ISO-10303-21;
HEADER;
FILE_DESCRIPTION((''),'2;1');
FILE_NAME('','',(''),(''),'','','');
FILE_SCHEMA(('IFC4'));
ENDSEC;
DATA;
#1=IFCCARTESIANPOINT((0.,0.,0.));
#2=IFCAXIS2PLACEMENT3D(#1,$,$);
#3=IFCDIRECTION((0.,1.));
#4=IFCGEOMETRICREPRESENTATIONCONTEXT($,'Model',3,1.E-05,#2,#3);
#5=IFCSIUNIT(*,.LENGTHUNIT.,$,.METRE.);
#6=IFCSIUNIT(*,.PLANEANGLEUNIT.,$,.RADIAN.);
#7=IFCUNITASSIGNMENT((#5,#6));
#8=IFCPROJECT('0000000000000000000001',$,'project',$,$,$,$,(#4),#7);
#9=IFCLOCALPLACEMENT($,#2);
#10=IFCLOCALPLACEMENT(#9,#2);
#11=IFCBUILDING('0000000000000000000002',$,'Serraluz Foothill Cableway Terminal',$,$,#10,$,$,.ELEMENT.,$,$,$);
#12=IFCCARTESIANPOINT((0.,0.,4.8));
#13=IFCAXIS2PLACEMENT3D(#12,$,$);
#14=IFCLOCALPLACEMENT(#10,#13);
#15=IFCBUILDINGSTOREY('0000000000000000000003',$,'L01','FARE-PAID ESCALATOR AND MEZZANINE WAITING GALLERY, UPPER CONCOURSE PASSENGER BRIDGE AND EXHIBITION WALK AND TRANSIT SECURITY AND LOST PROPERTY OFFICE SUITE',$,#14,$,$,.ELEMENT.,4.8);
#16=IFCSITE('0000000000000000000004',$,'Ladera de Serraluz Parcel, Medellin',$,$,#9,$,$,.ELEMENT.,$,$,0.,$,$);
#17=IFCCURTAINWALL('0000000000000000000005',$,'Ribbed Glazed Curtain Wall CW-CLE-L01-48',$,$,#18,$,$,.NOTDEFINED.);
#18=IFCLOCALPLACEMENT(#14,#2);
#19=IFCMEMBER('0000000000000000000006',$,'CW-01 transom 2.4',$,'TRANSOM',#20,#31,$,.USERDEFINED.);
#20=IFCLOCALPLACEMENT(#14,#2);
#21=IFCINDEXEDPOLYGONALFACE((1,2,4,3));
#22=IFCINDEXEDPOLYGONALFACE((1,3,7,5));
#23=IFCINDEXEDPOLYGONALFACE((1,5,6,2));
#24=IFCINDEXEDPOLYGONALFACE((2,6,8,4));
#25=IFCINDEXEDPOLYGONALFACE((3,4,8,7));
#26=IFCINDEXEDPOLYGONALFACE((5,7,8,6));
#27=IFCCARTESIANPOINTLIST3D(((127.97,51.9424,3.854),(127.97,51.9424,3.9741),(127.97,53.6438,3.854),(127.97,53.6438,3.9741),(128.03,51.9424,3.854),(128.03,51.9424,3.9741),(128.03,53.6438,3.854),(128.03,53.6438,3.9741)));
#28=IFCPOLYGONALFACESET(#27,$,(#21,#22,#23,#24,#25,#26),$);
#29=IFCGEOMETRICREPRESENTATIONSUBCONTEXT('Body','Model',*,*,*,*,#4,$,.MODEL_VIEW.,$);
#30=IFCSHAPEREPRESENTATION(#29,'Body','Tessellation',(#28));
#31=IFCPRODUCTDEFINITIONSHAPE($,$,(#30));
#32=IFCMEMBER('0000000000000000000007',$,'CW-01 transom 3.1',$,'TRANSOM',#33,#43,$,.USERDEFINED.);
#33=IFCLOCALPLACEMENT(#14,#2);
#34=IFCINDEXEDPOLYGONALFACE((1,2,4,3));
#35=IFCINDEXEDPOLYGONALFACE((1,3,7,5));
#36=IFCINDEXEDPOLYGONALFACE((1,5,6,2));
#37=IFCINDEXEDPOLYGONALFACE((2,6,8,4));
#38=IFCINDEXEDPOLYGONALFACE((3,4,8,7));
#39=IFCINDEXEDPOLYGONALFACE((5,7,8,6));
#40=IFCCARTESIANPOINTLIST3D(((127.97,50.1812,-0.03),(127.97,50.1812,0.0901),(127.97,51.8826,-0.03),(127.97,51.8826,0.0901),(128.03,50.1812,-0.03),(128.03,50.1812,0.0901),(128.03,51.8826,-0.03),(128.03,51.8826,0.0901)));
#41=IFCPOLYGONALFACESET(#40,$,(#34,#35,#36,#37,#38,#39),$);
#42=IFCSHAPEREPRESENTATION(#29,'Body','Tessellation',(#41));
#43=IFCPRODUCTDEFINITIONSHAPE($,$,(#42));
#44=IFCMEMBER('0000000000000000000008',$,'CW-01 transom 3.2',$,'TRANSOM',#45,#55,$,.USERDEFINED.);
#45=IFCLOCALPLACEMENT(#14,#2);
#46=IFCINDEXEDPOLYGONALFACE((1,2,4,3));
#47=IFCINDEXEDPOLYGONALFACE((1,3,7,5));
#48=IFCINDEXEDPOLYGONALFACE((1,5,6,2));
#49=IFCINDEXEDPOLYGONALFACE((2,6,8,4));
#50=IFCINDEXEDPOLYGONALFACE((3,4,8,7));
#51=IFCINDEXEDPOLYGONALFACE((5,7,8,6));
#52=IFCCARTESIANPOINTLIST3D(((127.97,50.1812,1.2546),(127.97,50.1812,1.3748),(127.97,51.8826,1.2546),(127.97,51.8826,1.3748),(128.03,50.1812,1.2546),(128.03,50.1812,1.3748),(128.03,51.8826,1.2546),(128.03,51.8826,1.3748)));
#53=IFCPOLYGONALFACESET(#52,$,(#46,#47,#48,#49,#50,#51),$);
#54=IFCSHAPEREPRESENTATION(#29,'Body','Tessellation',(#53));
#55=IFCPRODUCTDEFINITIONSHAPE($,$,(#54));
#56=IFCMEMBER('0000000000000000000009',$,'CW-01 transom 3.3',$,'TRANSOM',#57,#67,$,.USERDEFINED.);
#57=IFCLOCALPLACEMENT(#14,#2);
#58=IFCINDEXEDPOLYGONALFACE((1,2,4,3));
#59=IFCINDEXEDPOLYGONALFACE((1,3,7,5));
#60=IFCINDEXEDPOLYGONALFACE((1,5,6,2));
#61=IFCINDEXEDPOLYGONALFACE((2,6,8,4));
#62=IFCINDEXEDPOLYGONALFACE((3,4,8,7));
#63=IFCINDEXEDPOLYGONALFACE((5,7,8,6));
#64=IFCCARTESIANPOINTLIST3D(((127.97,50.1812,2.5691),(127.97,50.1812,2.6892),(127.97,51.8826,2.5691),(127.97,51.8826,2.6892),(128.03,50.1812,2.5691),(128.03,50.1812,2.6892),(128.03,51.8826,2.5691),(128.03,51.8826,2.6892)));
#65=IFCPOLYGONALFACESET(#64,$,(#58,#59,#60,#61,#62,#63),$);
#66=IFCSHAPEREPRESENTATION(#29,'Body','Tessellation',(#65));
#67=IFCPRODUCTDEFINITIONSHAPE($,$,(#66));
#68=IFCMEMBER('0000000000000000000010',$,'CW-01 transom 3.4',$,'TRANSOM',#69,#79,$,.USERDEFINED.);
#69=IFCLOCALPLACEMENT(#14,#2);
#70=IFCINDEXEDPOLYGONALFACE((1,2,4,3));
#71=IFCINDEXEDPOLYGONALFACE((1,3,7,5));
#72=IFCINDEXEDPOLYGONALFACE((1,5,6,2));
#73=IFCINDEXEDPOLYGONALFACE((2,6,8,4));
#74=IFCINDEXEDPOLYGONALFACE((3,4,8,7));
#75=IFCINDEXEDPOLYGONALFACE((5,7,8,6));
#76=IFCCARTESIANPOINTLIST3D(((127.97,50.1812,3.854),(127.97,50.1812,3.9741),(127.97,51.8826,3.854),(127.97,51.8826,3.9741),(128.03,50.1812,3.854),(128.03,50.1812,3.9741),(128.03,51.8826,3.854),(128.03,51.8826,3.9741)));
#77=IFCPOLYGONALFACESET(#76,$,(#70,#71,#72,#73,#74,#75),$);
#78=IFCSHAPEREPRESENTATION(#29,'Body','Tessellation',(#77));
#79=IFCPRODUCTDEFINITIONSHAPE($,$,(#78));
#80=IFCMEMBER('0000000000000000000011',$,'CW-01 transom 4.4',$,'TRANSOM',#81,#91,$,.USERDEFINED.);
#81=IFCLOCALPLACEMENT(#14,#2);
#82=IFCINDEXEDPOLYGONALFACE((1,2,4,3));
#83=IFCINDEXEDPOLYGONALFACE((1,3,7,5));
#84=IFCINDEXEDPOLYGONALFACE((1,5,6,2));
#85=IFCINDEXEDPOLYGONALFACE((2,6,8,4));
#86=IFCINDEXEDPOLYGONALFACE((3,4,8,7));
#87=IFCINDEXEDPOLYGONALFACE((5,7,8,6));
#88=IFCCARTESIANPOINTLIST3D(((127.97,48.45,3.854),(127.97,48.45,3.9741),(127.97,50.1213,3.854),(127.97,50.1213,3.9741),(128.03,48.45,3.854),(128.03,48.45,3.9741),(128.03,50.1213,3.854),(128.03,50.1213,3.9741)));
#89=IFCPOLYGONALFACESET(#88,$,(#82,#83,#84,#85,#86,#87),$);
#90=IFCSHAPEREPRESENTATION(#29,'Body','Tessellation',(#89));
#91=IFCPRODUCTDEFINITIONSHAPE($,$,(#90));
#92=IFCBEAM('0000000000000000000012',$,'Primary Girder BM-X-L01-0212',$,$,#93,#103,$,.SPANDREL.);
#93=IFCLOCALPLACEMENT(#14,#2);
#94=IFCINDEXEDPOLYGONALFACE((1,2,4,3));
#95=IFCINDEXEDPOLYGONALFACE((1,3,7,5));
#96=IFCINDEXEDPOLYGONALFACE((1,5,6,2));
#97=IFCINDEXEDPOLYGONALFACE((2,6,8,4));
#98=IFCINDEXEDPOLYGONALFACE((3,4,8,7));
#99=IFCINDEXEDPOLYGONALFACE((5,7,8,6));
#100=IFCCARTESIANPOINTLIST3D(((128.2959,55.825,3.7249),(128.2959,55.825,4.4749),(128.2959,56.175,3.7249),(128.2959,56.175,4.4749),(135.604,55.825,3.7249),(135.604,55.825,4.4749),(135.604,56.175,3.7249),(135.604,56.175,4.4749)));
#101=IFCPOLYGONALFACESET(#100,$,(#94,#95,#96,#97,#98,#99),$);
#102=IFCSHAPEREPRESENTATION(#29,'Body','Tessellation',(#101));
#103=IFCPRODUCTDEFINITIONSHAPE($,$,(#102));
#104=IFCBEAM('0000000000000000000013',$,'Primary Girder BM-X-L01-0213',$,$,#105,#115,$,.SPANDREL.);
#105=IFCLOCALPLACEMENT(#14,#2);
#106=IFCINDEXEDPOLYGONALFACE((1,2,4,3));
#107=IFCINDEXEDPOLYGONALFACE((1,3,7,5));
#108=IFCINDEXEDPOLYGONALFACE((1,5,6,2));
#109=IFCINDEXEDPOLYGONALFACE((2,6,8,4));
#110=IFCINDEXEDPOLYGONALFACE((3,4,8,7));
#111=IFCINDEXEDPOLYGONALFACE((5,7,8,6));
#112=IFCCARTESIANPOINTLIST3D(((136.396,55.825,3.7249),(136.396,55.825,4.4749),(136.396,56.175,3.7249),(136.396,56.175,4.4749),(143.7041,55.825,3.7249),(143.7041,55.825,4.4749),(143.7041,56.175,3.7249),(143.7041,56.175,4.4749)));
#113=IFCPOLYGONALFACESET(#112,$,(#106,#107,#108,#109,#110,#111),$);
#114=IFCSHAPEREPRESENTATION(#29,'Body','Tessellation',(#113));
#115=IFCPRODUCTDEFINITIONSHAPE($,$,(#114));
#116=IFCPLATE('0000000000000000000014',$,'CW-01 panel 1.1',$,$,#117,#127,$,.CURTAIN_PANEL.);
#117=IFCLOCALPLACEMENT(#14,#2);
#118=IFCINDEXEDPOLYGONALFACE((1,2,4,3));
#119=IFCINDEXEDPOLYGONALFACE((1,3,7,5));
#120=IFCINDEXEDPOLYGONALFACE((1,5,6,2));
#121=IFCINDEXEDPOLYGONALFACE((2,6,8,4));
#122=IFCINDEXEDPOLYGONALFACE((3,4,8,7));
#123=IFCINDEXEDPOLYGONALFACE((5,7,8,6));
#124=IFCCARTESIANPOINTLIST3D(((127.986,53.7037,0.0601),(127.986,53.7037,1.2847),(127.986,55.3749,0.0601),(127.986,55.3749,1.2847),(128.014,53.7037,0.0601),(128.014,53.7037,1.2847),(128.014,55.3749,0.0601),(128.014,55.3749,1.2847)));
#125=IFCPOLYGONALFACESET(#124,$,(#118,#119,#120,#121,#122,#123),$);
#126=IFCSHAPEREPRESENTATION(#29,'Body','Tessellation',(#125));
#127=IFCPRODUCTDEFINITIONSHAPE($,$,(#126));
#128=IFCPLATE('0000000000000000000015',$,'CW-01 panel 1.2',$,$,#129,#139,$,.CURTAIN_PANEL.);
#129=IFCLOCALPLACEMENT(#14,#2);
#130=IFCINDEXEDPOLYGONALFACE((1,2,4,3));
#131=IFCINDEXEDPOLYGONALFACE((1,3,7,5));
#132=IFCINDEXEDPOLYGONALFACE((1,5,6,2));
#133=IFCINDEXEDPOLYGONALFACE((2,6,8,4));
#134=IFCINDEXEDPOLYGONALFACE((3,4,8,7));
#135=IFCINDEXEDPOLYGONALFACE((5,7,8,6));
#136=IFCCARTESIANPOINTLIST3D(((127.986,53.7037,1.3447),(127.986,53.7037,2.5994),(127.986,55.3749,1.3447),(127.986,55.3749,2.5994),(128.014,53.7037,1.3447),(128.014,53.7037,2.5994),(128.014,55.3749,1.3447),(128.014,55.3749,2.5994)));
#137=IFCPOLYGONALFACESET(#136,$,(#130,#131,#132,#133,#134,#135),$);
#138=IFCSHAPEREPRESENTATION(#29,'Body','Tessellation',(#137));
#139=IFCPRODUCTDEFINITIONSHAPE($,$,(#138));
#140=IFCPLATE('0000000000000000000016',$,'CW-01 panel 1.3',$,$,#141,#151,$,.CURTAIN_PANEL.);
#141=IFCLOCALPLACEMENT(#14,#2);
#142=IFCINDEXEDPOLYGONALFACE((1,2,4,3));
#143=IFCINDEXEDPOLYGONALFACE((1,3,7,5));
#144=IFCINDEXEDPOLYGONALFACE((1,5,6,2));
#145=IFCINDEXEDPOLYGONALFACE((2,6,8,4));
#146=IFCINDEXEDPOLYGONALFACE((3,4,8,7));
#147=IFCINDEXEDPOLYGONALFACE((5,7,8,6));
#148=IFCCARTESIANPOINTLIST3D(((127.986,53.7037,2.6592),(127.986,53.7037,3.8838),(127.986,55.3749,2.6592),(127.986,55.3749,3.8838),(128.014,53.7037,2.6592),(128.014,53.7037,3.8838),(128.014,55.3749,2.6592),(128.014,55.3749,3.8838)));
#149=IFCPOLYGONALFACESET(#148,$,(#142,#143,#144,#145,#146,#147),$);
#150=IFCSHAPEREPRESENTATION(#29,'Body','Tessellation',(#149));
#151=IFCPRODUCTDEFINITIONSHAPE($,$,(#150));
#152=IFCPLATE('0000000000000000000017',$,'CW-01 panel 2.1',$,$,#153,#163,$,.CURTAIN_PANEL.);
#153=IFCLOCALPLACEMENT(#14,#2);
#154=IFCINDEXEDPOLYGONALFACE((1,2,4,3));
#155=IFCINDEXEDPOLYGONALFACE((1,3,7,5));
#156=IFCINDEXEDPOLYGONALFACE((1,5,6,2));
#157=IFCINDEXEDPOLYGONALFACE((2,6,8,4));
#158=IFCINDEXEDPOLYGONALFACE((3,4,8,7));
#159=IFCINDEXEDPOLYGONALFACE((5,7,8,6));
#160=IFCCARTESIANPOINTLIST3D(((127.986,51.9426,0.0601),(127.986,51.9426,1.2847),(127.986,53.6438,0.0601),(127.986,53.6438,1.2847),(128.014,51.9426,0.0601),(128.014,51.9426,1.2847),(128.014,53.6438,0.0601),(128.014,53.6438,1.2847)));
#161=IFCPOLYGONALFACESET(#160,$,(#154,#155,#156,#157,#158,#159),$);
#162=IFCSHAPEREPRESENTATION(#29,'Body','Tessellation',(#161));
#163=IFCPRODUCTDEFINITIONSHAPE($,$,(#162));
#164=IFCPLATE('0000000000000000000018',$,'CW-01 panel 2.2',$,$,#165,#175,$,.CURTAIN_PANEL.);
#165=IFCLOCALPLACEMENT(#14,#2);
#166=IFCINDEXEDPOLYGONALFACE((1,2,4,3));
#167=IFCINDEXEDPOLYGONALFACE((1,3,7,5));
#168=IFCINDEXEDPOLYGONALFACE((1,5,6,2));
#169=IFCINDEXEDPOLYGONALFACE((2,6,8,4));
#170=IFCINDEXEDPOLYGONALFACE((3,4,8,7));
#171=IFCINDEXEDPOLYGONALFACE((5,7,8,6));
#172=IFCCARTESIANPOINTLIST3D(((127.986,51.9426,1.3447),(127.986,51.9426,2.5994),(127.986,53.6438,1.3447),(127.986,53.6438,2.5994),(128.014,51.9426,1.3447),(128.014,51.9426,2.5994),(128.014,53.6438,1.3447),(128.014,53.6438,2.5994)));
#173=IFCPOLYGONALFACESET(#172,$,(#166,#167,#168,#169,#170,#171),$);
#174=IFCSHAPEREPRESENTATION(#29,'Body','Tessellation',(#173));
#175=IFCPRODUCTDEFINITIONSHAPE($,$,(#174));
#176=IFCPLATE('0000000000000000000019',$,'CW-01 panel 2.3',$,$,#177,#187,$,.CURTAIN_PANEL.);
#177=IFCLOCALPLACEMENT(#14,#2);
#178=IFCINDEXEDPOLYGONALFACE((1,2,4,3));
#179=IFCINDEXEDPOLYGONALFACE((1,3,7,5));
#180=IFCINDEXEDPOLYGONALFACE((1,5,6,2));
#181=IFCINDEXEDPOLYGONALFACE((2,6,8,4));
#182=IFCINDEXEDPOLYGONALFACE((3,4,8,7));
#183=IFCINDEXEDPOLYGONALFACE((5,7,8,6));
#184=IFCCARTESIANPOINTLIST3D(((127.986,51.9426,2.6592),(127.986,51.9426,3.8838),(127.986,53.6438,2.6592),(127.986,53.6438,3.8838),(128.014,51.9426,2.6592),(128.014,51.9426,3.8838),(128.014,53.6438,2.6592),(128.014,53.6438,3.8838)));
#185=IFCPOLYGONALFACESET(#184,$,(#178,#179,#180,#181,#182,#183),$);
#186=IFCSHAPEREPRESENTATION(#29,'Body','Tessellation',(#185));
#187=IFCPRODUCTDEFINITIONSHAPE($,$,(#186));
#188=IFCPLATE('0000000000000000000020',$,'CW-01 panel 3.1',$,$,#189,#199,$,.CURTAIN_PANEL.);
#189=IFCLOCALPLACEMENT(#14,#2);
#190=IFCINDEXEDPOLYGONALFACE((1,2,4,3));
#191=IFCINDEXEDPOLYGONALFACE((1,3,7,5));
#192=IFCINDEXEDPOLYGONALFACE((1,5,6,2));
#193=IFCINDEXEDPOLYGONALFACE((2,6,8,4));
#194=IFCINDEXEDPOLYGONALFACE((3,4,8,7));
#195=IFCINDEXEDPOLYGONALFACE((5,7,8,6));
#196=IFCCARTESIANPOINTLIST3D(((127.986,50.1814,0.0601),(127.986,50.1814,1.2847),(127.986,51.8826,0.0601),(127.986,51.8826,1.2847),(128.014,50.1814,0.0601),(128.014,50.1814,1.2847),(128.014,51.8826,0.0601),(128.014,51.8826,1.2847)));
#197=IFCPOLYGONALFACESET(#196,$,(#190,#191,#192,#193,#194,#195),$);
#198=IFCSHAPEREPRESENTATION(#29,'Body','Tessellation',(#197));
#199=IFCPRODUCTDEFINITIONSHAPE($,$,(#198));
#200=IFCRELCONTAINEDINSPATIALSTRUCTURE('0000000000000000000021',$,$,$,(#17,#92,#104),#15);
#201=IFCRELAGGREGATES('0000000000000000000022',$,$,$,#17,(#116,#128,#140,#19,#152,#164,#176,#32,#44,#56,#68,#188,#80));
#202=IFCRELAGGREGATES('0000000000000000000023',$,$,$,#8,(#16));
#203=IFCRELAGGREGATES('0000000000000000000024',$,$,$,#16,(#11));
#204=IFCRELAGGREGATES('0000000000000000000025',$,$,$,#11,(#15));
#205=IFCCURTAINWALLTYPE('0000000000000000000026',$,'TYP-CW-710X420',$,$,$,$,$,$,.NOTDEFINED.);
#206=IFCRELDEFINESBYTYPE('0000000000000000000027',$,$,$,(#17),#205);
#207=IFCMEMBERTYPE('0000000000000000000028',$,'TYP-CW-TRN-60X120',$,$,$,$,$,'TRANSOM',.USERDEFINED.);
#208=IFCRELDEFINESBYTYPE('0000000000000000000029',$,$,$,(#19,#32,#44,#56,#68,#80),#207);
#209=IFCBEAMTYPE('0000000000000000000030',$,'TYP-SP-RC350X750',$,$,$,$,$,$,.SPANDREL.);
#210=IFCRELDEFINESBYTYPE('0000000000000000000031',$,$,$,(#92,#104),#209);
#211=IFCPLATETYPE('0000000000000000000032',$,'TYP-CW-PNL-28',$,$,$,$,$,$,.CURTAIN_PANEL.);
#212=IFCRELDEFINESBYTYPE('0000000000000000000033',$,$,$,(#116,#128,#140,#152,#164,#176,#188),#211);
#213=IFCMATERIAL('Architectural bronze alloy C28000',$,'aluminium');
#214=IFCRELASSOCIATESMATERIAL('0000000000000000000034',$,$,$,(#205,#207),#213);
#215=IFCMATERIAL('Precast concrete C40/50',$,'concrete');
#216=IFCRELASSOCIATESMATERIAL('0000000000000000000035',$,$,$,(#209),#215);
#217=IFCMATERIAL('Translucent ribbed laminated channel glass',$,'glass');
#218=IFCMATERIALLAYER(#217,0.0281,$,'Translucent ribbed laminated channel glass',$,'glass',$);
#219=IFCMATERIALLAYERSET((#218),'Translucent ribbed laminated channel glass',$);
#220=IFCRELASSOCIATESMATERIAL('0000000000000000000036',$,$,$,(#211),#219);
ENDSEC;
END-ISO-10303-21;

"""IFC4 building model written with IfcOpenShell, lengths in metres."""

from ifc_helpers import new_model, si_unit, direction, frame, origin, origin_2d, place, context, subcontext, project, spatial, rectangle, extrude, material, layer, layer_set, material_profile, profile_set, type_object, element, aggregate, save


model = new_model("IFC4")

# Units and contexts
model_context = context("Model", 3, precision=1e-05, world=origin(), true_north=direction((0.0, 1.0)))
body_context = subcontext(model_context, "Body", "Model", "MODEL_VIEW")
ifc_project = project(units=[si_unit("LENGTHUNIT", "METRE"), si_unit("PLANEANGLEUNIT", "RADIAN")], contexts=[model_context])

# Site, building, storey
site_placement = place(None, origin())
site = spatial("IfcSite", under=ifc_project, at=site_placement, Name="Ladera de Serraluz Parcel, Medellin", CompositionType="ELEMENT", RefElevation=0.0)
building_placement = place(site_placement, origin())
building = spatial("IfcBuilding", under=site, at=building_placement, Name="Serraluz Foothill Cableway Terminal", CompositionType="ELEMENT")
storey_placement = place(building_placement, frame((0.0, 0.0, 4.8)))
storey = spatial("IfcBuildingStorey", under=building, at=storey_placement, Name="L01", Description="FARE-PAID ESCALATOR AND MEZZANINE WAITING GALLERY, UPPER CONCOURSE PASSENGER BRIDGE AND EXHIBITION WALK AND TRANSIT SECURITY AND LOST PROPERTY OFFICE SUITE", CompositionType="ELEMENT", Elevation=4.8)

# Curtain wall, members
ifc_material_1 = material(Name="Architectural bronze alloy C28000", Category="aluminium")
curtain_wall_type = type_object("IfcCurtainWallType", Name="TYP-CW-710X420", PredefinedType="NOTDEFINED", material=ifc_material_1)
curtain_wall_placement = place(storey_placement, origin())
curtain_wall = element("IfcCurtainWall", 1, at=curtain_wall_placement, inside=storey, type_object=curtain_wall_type, Name="Ribbed Glazed Curtain Wall CW-CLE-L01-48", PredefinedType="NOTDEFINED")
ifc_material_profile_1 = material_profile(ifc_material_1, rectangle(XDim=0.0601, YDim=0.1201, at=origin_2d()), Name="ALU TRANSOM 60x120")
ifc_profile_set_1 = profile_set([ifc_material_profile_1], Name="Architectural bronze alloy C28000")
member_type_1 = type_object("IfcMemberType", Name="TYP-CW-TRN-60X120", ElementType="TRANSOM", PredefinedType="USERDEFINED", material=ifc_profile_set_1)
member_1_placement = place(storey_placement, frame((128.0, 53.6438, 3.9141), z_axis=(0.0, -1.0, 0.0), x_axis=(1.0, 0.0, 0.0)))
member_1 = element("IfcMember", 2, at=member_1_placement, type_object=member_type_1, Name="CW-01 transom 2.4", ObjectType="TRANSOM", PredefinedType="USERDEFINED", context=body_context, shape_type="SweptSolid", body=[
    extrude(rectangle(XDim=0.0601, YDim=0.1201, at=origin_2d()), origin(), (0.0, 0.0, 1.0), 1.7014),
])
member_2_placement = place(storey_placement, frame((128.0, 51.8826, 0.03), z_axis=(0.0, -1.0, 0.0), x_axis=(1.0, 0.0, 0.0)))
member_2 = element("IfcMember", 3, at=member_2_placement, type_object=member_type_1, Name="CW-01 transom 3.1", ObjectType="TRANSOM", PredefinedType="USERDEFINED", context=body_context, shape_type="SweptSolid", body=[
    extrude(rectangle(XDim=0.0601, YDim=0.1201, at=origin_2d()), origin(), (0.0, 0.0, 1.0), 1.7014),
])
member_3_placement = place(storey_placement, frame((128.0, 51.8826, 1.3147), z_axis=(0.0, -1.0, 0.0), x_axis=(1.0, 0.0, 0.0)))
member_3 = element("IfcMember", 4, at=member_3_placement, type_object=member_type_1, Name="CW-01 transom 3.2", ObjectType="TRANSOM", PredefinedType="USERDEFINED", context=body_context, shape_type="SweptSolid", body=[
    extrude(rectangle(XDim=0.0601, YDim=0.1201, at=origin_2d()), origin(), (0.0, 0.0, 1.0), 1.7014),
])
member_4_placement = place(storey_placement, frame((128.0, 51.8826, 2.6292), z_axis=(0.0, -1.0, 0.0), x_axis=(1.0, 0.0, 0.0)))
member_4 = element("IfcMember", 5, at=member_4_placement, type_object=member_type_1, Name="CW-01 transom 3.3", ObjectType="TRANSOM", PredefinedType="USERDEFINED", context=body_context, shape_type="SweptSolid", body=[
    extrude(rectangle(XDim=0.0601, YDim=0.1201, at=origin_2d()), origin(), (0.0, 0.0, 1.0), 1.7014),
])
member_5_placement = place(storey_placement, frame((128.0, 51.8826, 3.9141), z_axis=(0.0, -1.0, 0.0), x_axis=(1.0, 0.0, 0.0)))
member_5 = element("IfcMember", 6, at=member_5_placement, type_object=member_type_1, Name="CW-01 transom 3.4", ObjectType="TRANSOM", PredefinedType="USERDEFINED", context=body_context, shape_type="SweptSolid", body=[
    extrude(rectangle(XDim=0.0601, YDim=0.1201, at=origin_2d()), origin(), (0.0, 0.0, 1.0), 1.7014),
])
member_6_placement = place(storey_placement, frame((128.0, 50.1213, 3.9141), z_axis=(0.0, -1.0, 0.0), x_axis=(1.0, 0.0, 0.0)))
member_6 = element("IfcMember", 7, at=member_6_placement, type_object=member_type_1, Name="CW-01 transom 4.4", ObjectType="TRANSOM", PredefinedType="USERDEFINED", context=body_context, shape_type="SweptSolid", body=[
    extrude(rectangle(XDim=0.0601, YDim=0.1201, at=origin_2d()), origin(), (0.0, 0.0, 1.0), 1.6714),
])

# Beams
ifc_material_2 = material(Name="Precast concrete C40/50", Category="concrete")
ifc_material_profile_2 = material_profile(ifc_material_2, rectangle(XDim=0.3501, YDim=0.75, at=origin_2d()), Name="RC SP 350x750")
ifc_profile_set_2 = profile_set([ifc_material_profile_2], Name="Precast concrete C40/50")
beam_type = type_object("IfcBeamType", Name="TYP-SP-RC350X750", PredefinedType="SPANDREL", material=ifc_profile_set_2)
for number, where, z_axis, x_axis, name in (
    (8, (128.2959, 56.0, 4.0999), (1.0, 0.0, 0.0), (0.0, 1.0, 0.0), "Primary Girder BM-X-L01-0212"),
    (9, (136.396, 56.0, 4.0999), (1.0, 0.0, 0.0), (0.0, 1.0, 0.0), "Primary Girder BM-X-L01-0213"),
):
    element("IfcBeam", number, at=place(storey_placement, frame(where, z_axis=z_axis, x_axis=x_axis)), inside=storey, type_object=beam_type, Name=name, PredefinedType="SPANDREL", context=body_context, shape_type="SweptSolid", body=[
        extrude(rectangle(XDim=0.3501, YDim=0.75, at=origin_2d()), origin(), (0.0, 0.0, 1.0), 7.3081),
    ])

# Plates
ifc_material_3 = material(Name="Translucent ribbed laminated channel glass", Category="glass")
ifc_layer_1 = layer(ifc_material_3, 0.0281, Name="Translucent ribbed laminated channel glass", Category="glass")
ifc_layer_set_1 = layer_set([ifc_layer_1], Name="Translucent ribbed laminated channel glass")
plate_type = type_object("IfcPlateType", Name="TYP-CW-PNL-28", PredefinedType="CURTAIN_PANEL", material=ifc_layer_set_1)
plate_1_placement = place(storey_placement, frame((128.0, 54.5393, 0.0601), z_axis=(0.0, 0.0, 1.0), x_axis=(0.0, -1.0, 0.0)))
plate_1 = element("IfcPlate", 10, at=plate_1_placement, type_object=plate_type, Name="CW-01 panel 1.1", PredefinedType="CURTAIN_PANEL", context=body_context, shape_type="SweptSolid", body=[
    extrude(rectangle(XDim=1.6711, YDim=0.0281, at=origin_2d()), origin(), (0.0, 0.0, 1.0), 1.2246),
])
plate_2_placement = place(storey_placement, frame((128.0, 54.5393, 1.3447), z_axis=(0.0, 0.0, 1.0), x_axis=(0.0, -1.0, 0.0)))
plate_2 = element("IfcPlate", 11, at=plate_2_placement, type_object=plate_type, Name="CW-01 panel 1.2", PredefinedType="CURTAIN_PANEL", context=body_context, shape_type="SweptSolid", body=[
    extrude(rectangle(XDim=1.6711, YDim=0.0281, at=origin_2d()), origin(), (0.0, 0.0, 1.0), 1.2546),
])
plate_3_placement = place(storey_placement, frame((128.0, 54.5393, 2.6592), z_axis=(0.0, 0.0, 1.0), x_axis=(0.0, -1.0, 0.0)))
plate_3 = element("IfcPlate", 12, at=plate_3_placement, type_object=plate_type, Name="CW-01 panel 1.3", PredefinedType="CURTAIN_PANEL", context=body_context, shape_type="SweptSolid", body=[
    extrude(rectangle(XDim=1.6711, YDim=0.0281, at=origin_2d()), origin(), (0.0, 0.0, 1.0), 1.2246),
])
plate_4_placement = place(storey_placement, frame((128.0, 52.7932, 0.0601), z_axis=(0.0, 0.0, 1.0), x_axis=(0.0, -1.0, 0.0)))
plate_4 = element("IfcPlate", 13, at=plate_4_placement, type_object=plate_type, Name="CW-01 panel 2.1", PredefinedType="CURTAIN_PANEL", context=body_context, shape_type="SweptSolid", body=[
    extrude(rectangle(XDim=1.7012, YDim=0.0281, at=origin_2d()), origin(), (0.0, 0.0, 1.0), 1.2246),
])
plate_5_placement = place(storey_placement, frame((128.0, 52.7932, 1.3447), z_axis=(0.0, 0.0, 1.0), x_axis=(0.0, -1.0, 0.0)))
plate_5 = element("IfcPlate", 14, at=plate_5_placement, type_object=plate_type, Name="CW-01 panel 2.2", PredefinedType="CURTAIN_PANEL", context=body_context, shape_type="SweptSolid", body=[
    extrude(rectangle(XDim=1.7012, YDim=0.0281, at=origin_2d()), origin(), (0.0, 0.0, 1.0), 1.2546),
])
plate_6_placement = place(storey_placement, frame((128.0, 52.7932, 2.6592), z_axis=(0.0, 0.0, 1.0), x_axis=(0.0, -1.0, 0.0)))
plate_6 = element("IfcPlate", 15, at=plate_6_placement, type_object=plate_type, Name="CW-01 panel 2.3", PredefinedType="CURTAIN_PANEL", context=body_context, shape_type="SweptSolid", body=[
    extrude(rectangle(XDim=1.7012, YDim=0.0281, at=origin_2d()), origin(), (0.0, 0.0, 1.0), 1.2246),
])
plate_7_placement = place(storey_placement, frame((128.0, 51.032, 0.0601), z_axis=(0.0, 0.0, 1.0), x_axis=(0.0, -1.0, 0.0)))
plate_7 = element("IfcPlate", 16, at=plate_7_placement, type_object=plate_type, Name="CW-01 panel 3.1", PredefinedType="CURTAIN_PANEL", context=body_context, shape_type="SweptSolid", body=[
    extrude(rectangle(XDim=1.7012, YDim=0.0281, at=origin_2d()), origin(), (0.0, 0.0, 1.0), 1.2246),
])
aggregate(curtain_wall, [plate_1, plate_2, plate_3, member_1, plate_4, plate_5, plate_6, member_2, member_3, member_4, member_5, plate_7, member_6])

save(model, "model.ifc")
